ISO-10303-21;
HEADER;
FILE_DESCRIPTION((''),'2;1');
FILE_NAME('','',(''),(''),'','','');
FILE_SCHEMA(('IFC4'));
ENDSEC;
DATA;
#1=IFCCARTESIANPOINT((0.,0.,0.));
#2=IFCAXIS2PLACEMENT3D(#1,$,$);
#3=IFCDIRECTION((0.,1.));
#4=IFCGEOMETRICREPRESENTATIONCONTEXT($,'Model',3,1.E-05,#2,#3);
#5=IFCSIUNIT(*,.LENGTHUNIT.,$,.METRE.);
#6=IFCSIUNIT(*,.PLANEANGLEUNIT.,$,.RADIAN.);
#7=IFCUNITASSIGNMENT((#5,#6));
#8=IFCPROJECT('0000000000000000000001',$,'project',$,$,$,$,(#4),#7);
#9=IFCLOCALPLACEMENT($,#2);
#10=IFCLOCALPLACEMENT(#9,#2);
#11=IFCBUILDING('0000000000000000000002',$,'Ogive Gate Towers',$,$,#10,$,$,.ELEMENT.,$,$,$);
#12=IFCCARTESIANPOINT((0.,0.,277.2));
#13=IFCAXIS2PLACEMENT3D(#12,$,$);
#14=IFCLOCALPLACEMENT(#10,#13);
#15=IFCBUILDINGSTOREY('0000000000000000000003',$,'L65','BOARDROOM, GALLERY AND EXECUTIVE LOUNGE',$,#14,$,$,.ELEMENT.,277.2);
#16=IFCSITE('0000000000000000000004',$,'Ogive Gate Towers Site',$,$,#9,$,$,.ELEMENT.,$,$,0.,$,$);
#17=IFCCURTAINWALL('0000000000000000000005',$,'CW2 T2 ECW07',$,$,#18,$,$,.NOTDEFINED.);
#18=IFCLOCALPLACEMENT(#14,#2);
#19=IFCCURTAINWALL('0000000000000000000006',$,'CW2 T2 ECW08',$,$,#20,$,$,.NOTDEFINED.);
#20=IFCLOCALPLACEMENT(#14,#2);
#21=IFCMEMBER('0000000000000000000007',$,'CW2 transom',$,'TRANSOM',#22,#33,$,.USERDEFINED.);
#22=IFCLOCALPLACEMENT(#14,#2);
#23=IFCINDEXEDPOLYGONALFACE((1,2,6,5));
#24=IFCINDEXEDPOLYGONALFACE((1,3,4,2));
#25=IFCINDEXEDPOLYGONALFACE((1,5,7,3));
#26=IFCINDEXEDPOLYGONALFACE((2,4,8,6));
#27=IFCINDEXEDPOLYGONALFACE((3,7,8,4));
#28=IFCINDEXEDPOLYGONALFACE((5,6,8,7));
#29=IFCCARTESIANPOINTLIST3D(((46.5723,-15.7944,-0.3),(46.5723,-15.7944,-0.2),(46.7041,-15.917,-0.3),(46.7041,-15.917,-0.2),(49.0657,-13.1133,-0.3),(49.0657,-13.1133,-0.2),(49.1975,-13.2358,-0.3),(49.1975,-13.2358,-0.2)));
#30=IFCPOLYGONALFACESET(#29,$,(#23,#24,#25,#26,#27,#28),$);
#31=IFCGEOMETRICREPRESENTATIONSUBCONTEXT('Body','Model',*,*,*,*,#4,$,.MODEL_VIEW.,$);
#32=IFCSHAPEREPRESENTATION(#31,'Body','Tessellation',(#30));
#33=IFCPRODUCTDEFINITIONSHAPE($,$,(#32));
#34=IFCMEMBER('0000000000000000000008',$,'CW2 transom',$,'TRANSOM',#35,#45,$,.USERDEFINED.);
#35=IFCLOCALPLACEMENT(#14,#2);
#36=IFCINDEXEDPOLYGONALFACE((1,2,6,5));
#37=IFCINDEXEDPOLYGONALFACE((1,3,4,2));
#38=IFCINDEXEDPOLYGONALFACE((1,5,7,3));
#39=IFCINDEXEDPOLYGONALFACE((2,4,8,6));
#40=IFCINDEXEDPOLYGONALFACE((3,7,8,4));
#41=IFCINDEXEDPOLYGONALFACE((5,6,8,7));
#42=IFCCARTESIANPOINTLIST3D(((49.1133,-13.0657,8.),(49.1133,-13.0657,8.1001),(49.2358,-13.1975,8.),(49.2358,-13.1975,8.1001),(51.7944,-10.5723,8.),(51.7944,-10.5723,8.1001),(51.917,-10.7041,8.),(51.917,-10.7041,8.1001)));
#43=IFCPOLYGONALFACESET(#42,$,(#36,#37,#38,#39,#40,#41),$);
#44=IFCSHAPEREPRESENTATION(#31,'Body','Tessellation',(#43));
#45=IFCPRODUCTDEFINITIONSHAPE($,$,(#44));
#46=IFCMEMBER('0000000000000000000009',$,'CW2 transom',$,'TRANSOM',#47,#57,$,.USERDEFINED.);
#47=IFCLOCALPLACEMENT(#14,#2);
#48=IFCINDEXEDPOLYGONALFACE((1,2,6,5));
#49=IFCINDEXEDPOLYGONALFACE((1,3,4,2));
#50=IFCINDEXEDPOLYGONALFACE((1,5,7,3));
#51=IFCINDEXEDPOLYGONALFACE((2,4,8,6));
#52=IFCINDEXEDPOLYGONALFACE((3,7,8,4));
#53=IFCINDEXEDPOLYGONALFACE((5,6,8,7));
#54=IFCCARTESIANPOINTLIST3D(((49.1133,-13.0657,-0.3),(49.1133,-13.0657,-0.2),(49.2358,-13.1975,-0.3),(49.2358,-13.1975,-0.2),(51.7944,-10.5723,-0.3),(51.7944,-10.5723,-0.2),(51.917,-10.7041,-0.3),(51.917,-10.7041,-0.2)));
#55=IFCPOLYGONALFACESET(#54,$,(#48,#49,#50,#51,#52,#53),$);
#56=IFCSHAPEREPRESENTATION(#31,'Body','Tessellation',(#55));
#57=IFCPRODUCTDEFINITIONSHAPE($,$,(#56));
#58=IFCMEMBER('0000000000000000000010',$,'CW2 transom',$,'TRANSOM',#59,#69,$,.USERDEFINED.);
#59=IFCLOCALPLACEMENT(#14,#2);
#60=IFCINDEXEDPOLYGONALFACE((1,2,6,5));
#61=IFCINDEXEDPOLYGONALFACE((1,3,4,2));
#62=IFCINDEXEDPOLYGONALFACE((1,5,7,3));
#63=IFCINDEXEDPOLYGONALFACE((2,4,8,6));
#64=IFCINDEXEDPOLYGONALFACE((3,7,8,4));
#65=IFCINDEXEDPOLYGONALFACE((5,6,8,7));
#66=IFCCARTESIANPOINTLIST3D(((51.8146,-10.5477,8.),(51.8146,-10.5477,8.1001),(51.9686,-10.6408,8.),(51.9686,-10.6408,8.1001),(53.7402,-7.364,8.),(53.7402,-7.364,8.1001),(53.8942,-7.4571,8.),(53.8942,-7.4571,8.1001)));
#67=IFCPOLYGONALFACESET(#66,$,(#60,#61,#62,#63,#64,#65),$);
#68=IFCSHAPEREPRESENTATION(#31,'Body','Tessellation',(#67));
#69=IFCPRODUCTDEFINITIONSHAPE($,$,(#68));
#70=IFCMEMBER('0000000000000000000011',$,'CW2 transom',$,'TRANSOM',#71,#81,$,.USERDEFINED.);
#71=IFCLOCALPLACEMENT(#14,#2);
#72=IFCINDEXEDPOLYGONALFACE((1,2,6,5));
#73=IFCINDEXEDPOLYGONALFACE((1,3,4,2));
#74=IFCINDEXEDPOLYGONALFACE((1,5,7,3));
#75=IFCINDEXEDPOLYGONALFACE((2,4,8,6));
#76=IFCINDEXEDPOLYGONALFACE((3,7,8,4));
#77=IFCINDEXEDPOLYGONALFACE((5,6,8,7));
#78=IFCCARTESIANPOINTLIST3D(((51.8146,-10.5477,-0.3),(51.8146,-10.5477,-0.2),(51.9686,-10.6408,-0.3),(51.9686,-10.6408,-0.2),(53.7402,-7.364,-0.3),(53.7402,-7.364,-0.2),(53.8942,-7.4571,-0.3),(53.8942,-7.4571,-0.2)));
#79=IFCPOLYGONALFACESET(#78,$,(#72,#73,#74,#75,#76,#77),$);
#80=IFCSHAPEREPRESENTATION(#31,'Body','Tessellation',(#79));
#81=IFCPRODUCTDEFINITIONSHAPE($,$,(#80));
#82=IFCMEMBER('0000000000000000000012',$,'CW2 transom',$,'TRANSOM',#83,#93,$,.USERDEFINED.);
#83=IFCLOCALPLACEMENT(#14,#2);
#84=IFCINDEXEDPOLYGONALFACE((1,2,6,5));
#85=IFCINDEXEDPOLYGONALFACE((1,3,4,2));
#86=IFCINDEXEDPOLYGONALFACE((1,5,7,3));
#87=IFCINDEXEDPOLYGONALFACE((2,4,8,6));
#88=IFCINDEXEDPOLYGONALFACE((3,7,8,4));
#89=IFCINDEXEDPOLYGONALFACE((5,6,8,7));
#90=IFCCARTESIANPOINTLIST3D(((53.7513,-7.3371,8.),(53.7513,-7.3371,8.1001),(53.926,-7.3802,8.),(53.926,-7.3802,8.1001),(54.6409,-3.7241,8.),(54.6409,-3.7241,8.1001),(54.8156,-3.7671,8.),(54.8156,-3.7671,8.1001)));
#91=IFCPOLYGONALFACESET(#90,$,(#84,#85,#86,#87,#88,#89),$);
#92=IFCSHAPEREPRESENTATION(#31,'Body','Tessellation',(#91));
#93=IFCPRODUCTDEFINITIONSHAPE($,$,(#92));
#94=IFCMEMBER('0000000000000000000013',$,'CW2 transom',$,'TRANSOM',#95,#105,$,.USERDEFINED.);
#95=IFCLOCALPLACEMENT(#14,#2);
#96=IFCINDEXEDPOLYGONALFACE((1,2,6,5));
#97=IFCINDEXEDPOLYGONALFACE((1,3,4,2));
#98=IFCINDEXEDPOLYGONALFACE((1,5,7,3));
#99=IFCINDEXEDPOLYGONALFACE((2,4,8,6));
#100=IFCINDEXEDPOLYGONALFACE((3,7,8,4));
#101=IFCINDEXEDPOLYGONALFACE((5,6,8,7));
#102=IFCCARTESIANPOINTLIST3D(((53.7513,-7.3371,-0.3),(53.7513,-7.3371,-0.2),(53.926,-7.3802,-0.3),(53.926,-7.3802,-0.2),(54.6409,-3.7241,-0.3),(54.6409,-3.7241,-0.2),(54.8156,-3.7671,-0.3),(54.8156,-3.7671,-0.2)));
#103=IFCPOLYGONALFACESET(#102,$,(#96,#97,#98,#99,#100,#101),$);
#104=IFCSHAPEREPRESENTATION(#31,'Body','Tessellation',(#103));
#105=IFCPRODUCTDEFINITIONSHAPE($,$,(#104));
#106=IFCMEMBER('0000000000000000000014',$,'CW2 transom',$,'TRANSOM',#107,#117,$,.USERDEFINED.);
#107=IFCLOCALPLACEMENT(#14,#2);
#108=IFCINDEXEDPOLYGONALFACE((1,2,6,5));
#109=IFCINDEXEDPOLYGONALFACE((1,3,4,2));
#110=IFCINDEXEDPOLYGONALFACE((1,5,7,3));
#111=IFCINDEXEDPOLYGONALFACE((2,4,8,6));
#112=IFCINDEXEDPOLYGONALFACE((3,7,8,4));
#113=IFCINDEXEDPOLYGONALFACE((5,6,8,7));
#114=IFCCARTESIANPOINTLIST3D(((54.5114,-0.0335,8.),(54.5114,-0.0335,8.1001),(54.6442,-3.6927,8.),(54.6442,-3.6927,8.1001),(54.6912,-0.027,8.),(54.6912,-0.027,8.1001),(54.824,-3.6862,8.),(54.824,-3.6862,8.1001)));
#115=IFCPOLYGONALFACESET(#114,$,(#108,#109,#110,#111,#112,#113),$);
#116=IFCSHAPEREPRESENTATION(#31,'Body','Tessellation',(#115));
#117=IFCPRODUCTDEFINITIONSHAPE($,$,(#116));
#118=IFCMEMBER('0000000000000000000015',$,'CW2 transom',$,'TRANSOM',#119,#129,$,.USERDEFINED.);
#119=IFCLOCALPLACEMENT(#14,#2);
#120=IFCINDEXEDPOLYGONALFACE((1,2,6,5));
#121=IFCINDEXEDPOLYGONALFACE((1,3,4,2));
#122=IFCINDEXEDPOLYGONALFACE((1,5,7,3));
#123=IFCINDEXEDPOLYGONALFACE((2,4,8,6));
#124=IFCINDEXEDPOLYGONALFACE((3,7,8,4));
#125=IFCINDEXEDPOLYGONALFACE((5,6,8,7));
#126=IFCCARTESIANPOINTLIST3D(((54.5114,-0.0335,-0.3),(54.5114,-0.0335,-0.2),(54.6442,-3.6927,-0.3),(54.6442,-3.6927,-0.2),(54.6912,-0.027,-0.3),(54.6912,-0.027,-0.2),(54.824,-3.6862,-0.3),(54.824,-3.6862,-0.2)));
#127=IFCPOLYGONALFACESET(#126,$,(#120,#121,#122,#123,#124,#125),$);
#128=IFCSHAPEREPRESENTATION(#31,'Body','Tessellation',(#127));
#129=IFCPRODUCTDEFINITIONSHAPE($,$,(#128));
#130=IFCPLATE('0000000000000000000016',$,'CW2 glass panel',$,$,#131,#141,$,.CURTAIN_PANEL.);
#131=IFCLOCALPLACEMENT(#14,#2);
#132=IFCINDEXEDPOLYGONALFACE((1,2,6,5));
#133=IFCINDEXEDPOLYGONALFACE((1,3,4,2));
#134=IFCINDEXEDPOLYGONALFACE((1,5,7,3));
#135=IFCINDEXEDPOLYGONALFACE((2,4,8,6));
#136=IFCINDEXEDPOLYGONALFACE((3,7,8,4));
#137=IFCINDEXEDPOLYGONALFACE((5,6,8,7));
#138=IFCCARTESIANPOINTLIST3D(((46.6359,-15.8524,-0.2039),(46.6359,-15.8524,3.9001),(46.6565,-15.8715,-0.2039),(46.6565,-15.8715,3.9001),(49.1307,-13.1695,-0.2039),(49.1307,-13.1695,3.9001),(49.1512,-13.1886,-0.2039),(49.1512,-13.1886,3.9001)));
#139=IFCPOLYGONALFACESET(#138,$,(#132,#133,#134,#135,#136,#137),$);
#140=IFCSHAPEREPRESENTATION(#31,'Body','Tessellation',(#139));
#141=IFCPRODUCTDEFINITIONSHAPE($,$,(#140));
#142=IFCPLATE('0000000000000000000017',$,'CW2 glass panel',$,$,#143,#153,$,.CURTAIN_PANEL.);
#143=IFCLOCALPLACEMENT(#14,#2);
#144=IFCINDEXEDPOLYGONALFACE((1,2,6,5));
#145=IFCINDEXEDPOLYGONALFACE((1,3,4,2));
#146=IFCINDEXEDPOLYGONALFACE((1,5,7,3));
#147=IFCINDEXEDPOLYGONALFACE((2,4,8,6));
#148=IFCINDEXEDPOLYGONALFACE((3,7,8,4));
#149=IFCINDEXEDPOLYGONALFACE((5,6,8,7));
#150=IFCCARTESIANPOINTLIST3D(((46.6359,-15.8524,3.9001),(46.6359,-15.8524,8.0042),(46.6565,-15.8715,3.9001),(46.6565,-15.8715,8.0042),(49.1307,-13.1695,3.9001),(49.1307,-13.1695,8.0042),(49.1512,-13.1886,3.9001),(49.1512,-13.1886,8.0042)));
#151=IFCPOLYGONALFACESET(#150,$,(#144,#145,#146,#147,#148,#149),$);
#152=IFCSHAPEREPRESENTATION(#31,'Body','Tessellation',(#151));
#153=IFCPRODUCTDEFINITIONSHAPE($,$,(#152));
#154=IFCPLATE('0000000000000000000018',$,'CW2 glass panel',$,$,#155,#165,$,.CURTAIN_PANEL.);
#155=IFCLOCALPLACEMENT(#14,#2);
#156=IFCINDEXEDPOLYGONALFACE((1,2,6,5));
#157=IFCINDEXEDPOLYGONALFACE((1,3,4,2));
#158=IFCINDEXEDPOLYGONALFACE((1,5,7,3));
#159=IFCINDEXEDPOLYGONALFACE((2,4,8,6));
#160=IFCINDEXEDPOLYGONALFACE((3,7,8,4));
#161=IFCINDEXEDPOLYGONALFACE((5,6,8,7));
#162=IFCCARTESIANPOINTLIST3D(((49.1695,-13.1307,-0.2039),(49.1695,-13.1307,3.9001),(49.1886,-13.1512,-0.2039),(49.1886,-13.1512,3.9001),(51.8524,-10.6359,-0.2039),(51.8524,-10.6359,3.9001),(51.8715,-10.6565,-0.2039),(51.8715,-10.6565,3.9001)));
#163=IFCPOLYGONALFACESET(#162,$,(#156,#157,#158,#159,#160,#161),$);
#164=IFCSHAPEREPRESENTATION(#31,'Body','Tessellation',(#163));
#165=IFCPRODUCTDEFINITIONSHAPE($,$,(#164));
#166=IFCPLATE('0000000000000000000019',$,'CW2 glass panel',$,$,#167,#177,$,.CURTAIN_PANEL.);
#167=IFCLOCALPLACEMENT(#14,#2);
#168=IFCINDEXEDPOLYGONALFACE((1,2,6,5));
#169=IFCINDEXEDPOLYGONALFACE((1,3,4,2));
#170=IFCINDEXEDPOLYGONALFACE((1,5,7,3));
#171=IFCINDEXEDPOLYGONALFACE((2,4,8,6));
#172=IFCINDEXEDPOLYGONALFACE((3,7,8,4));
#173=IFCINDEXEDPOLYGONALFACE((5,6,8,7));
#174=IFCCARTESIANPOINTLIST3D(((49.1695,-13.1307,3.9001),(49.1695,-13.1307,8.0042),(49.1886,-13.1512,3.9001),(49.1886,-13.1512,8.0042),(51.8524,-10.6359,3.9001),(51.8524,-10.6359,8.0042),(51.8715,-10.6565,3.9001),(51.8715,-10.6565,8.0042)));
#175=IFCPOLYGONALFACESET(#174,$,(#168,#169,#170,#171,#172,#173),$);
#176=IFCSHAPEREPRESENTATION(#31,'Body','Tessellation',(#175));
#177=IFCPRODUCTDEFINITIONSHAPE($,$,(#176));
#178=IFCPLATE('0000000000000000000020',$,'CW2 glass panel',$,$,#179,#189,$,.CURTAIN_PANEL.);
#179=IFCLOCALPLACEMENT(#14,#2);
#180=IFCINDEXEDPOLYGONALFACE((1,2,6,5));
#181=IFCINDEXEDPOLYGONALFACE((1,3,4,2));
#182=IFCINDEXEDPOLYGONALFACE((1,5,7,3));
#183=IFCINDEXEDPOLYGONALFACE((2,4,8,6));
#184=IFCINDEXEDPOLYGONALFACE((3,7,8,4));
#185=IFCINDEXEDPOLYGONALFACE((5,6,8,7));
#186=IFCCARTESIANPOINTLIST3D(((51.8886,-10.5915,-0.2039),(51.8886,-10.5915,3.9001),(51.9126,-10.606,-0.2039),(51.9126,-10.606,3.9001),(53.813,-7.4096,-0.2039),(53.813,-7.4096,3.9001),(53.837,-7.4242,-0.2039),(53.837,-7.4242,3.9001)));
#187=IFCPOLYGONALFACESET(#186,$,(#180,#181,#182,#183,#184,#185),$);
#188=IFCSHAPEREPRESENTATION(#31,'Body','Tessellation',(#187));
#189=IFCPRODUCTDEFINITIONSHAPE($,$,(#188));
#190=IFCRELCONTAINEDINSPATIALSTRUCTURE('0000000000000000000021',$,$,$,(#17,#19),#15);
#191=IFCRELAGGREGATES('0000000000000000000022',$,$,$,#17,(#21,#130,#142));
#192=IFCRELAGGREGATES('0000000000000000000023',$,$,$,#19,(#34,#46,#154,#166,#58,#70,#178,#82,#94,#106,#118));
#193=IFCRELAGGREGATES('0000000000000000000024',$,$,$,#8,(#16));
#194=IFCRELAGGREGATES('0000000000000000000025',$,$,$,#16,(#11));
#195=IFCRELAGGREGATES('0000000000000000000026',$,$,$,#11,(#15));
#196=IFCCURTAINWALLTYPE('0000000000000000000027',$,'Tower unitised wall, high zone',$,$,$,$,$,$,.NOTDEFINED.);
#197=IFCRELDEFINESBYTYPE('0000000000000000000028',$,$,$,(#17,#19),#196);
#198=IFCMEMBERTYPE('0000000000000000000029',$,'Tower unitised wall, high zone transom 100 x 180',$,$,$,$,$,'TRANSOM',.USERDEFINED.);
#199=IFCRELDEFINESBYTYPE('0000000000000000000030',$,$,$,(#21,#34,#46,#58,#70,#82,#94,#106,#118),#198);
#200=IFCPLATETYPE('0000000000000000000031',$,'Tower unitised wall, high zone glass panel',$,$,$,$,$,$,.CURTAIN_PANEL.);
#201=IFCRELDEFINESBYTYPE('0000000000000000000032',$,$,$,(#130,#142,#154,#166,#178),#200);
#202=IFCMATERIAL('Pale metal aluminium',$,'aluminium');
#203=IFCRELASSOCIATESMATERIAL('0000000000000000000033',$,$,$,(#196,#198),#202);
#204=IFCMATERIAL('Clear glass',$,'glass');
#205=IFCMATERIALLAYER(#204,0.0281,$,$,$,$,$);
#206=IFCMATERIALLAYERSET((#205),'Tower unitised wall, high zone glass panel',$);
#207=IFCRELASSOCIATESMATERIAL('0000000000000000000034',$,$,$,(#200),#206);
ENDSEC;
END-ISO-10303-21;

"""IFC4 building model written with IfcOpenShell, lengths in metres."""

from ifc_helpers import new_model, si_unit, direction, frame, origin, origin_2d, place, context, subcontext, project, spatial, rectangle, extrude, material, layer, layer_set, material_profile, profile_set, type_object, element, aggregate, save


model = new_model("IFC4")

# Units and contexts
model_context = context("Model", 3, precision=1e-05, world=origin(), true_north=direction((0.0, 1.0)))
body_context = subcontext(model_context, "Body", "Model", "MODEL_VIEW")
ifc_project = project(units=[si_unit("LENGTHUNIT", "METRE"), si_unit("PLANEANGLEUNIT", "RADIAN")], contexts=[model_context])

# Site, building, storey
site_placement = place(None, origin())
site = spatial("IfcSite", under=ifc_project, at=site_placement, Name="Ogive Gate Towers Site", CompositionType="ELEMENT", RefElevation=0.0)
building_placement = place(site_placement, origin())
building = spatial("IfcBuilding", under=site, at=building_placement, Name="Ogive Gate Towers", CompositionType="ELEMENT")
storey_placement = place(building_placement, frame((0.0, 0.0, 277.2)))
storey = spatial("IfcBuildingStorey", under=building, at=storey_placement, Name="L65", Description="BOARDROOM, GALLERY AND EXECUTIVE LOUNGE", CompositionType="ELEMENT", Elevation=277.2)

# Curtain walls
ifc_material_1 = material(Name="Pale metal aluminium", Category="aluminium")
curtain_wall_type = type_object("IfcCurtainWallType", Name="Tower unitised wall, high zone", PredefinedType="NOTDEFINED", material=ifc_material_1)
curtain_wall_1_placement = place(storey_placement, origin())
curtain_wall_1 = element("IfcCurtainWall", 1, at=curtain_wall_1_placement, inside=storey, type_object=curtain_wall_type, Name="CW2 T2 ECW07", PredefinedType="NOTDEFINED")
curtain_wall_2_placement = place(storey_placement, origin())
curtain_wall_2 = element("IfcCurtainWall", 2, at=curtain_wall_2_placement, inside=storey, type_object=curtain_wall_type, Name="CW2 T2 ECW08", PredefinedType="NOTDEFINED")

# Members
ifc_material_profile_1 = material_profile(ifc_material_1, rectangle(XDim=0.1799, YDim=0.1001, at=origin_2d()), Name="100 x 180 aluminium box")
ifc_profile_set_1 = profile_set([ifc_material_profile_1], Name="Pale metal aluminium")
member_type_1 = type_object("IfcMemberType", Name="Tower unitised wall, high zone transom 100 x 180", ElementType="TRANSOM", PredefinedType="USERDEFINED", material=ifc_profile_set_1)
member_1_placement = place(storey_placement, frame((46.6382, -15.8557, -0.25), z_axis=(0.681003, 0.73228, 0.0), x_axis=(-0.73228, 0.681003, 0.0)))
member_1 = element("IfcMember", 3, at=member_1_placement, type_object=member_type_1, Name="CW2 transom", ObjectType="TRANSOM", PredefinedType="USERDEFINED", context=body_context, shape_type="SweptSolid", body=[
    extrude(rectangle(XDim=0.1799, YDim=0.1001, at=origin_2d()), origin(), (0.0, 0.0, 1.0), 3.6614),
])
member_2_placement = place(storey_placement, frame((49.1746, -13.1316, 8.05), z_axis=(0.73228, 0.681003, 0.0), x_axis=(-0.681003, 0.73228, 0.0)))
member_2 = element("IfcMember", 4, at=member_2_placement, type_object=member_type_1, Name="CW2 transom", ObjectType="TRANSOM", PredefinedType="USERDEFINED", context=body_context, shape_type="SweptSolid", body=[
    extrude(rectangle(XDim=0.1799, YDim=0.1001, at=origin_2d()), origin(), (0.0, 0.0, 1.0), 3.6614),
])
member_3_placement = place(storey_placement, frame((49.1746, -13.1316, -0.25), z_axis=(0.73228, 0.681003, 0.0), x_axis=(-0.681003, 0.73228, 0.0)))
member_3 = element("IfcMember", 5, at=member_3_placement, type_object=member_type_1, Name="CW2 transom", ObjectType="TRANSOM", PredefinedType="USERDEFINED", context=body_context, shape_type="SweptSolid", body=[
    extrude(rectangle(XDim=0.1799, YDim=0.1001, at=origin_2d()), origin(), (0.0, 0.0, 1.0), 3.6614),
])
member_4_placement = place(storey_placement, frame((51.8916, -10.5942, 8.05), z_axis=(0.517532, 0.855664, 0.0), x_axis=(-0.855664, 0.517532, 0.0)))
member_4 = element("IfcMember", 6, at=member_4_placement, type_object=member_type_1, Name="CW2 transom", ObjectType="TRANSOM", PredefinedType="USERDEFINED", context=body_context, shape_type="SweptSolid", body=[
    extrude(rectangle(XDim=0.1799, YDim=0.1001, at=origin_2d()), origin(), (0.0, 0.0, 1.0), 3.7207),
])
member_5_placement = place(storey_placement, frame((51.8916, -10.5942, -0.25), z_axis=(0.517532, 0.855664, 0.0), x_axis=(-0.855664, 0.517532, 0.0)))
member_5 = element("IfcMember", 7, at=member_5_placement, type_object=member_type_1, Name="CW2 transom", ObjectType="TRANSOM", PredefinedType="USERDEFINED", context=body_context, shape_type="SweptSolid", body=[
    extrude(rectangle(XDim=0.1799, YDim=0.1001, at=origin_2d()), origin(), (0.0, 0.0, 1.0), 3.7207),
])
member_6_placement = place(storey_placement, frame((53.8386, -7.3586, 8.05), z_axis=(0.239091, 0.970997, 0.0), x_axis=(-0.970997, 0.239091, 0.0)))
member_6 = element("IfcMember", 8, at=member_6_placement, type_object=member_type_1, Name="CW2 transom", ObjectType="TRANSOM", PredefinedType="USERDEFINED", context=body_context, shape_type="SweptSolid", body=[
    extrude(rectangle(XDim=0.1799, YDim=0.1001, at=origin_2d()), origin(), (0.0, 0.0, 1.0), 3.7209),
])
member_7_placement = place(storey_placement, frame((53.8386, -7.3586, -0.25), z_axis=(0.239091, 0.970997, 0.0), x_axis=(-0.970997, 0.239091, 0.0)))
member_7 = element("IfcMember", 9, at=member_7_placement, type_object=member_type_1, Name="CW2 transom", ObjectType="TRANSOM", PredefinedType="USERDEFINED", context=body_context, shape_type="SweptSolid", body=[
    extrude(rectangle(XDim=0.1799, YDim=0.1001, at=origin_2d()), origin(), (0.0, 0.0, 1.0), 3.7209),
])
member_8_placement = place(storey_placement, frame((54.7341, -3.6895, 8.05), z_axis=(-0.036272, 0.999342, 0.0), x_axis=(-0.999342, -0.036272, 0.0)))
member_8 = element("IfcMember", 10, at=member_8_placement, type_object=member_type_1, Name="CW2 transom", ObjectType="TRANSOM", PredefinedType="USERDEFINED", context=body_context, shape_type="SweptSolid", body=[
    extrude(rectangle(XDim=0.1799, YDim=0.1001, at=origin_2d()), origin(), (0.0, 0.0, 1.0), 3.6616),
])
member_9_placement = place(storey_placement, frame((54.7341, -3.6895, -0.25), z_axis=(-0.036272, 0.999342, 0.0), x_axis=(-0.999342, -0.036272, 0.0)))
member_9 = element("IfcMember", 11, at=member_9_placement, type_object=member_type_1, Name="CW2 transom", ObjectType="TRANSOM", PredefinedType="USERDEFINED", context=body_context, shape_type="SweptSolid", body=[
    extrude(rectangle(XDim=0.1799, YDim=0.1001, at=origin_2d()), origin(), (0.0, 0.0, 1.0), 3.6616),
])

# Plates
ifc_material_2 = material(Name="Clear glass", Category="glass")
ifc_layer_1 = layer(ifc_material_2, 0.0281)
ifc_layer_set_1 = layer_set([ifc_layer_1], Name="Tower unitised wall, high zone glass panel")
plate_type = type_object("IfcPlateType", Name="Tower unitised wall, high zone glass panel", PredefinedType="CURTAIN_PANEL", material=ifc_layer_set_1)
plate_1_placement = place(storey_placement, frame((47.8936, -14.5205, -0.2039), z_axis=(0.0, 0.0, 1.0), x_axis=(0.680964, 0.732317, 0.0)))
plate_1 = element("IfcPlate", 12, at=plate_1_placement, type_object=plate_type, Name="CW2 glass panel", PredefinedType="CURTAIN_PANEL", context=body_context, shape_type="SweptSolid", body=[
    extrude(rectangle(XDim=3.6636, YDim=0.0281, at=origin_2d()), origin(), (0.0, 0.0, 1.0), 4.104),
])
plate_2_placement = place(storey_placement, frame((47.8936, -14.5205, 3.9001), z_axis=(0.0, 0.0, 1.0), x_axis=(0.680964, 0.732317, 0.0)))
plate_2 = element("IfcPlate", 13, at=plate_2_placement, type_object=plate_type, Name="CW2 glass panel", PredefinedType="CURTAIN_PANEL", context=body_context, shape_type="SweptSolid", body=[
    extrude(rectangle(XDim=3.6636, YDim=0.0281, at=origin_2d()), origin(), (0.0, 0.0, 1.0), 4.104),
])
aggregate(curtain_wall_1, [member_1, plate_1, plate_2])
plate_3_placement = place(storey_placement, frame((50.5205, -11.8936, -0.2039), z_axis=(0.0, 0.0, 1.0), x_axis=(0.732317, 0.680964, 0.0)))
plate_3 = element("IfcPlate", 14, at=plate_3_placement, type_object=plate_type, Name="CW2 glass panel", PredefinedType="CURTAIN_PANEL", context=body_context, shape_type="SweptSolid", body=[
    extrude(rectangle(XDim=3.6636, YDim=0.0281, at=origin_2d()), origin(), (0.0, 0.0, 1.0), 4.104),
])
plate_4_placement = place(storey_placement, frame((50.5205, -11.8936, 3.9001), z_axis=(0.0, 0.0, 1.0), x_axis=(0.732317, 0.680964, 0.0)))
plate_4 = element("IfcPlate", 15, at=plate_4_placement, type_object=plate_type, Name="CW2 glass panel", PredefinedType="CURTAIN_PANEL", context=body_context, shape_type="SweptSolid", body=[
    extrude(rectangle(XDim=3.6636, YDim=0.0281, at=origin_2d()), origin(), (0.0, 0.0, 1.0), 4.104),
])
plate_5_placement = place(storey_placement, frame((52.8628, -9.0078, -0.2039), z_axis=(0.0, 0.0, 1.0), x_axis=(0.517519, 0.855672, 0.0)))
plate_5 = element("IfcPlate", 16, at=plate_5_placement, type_object=plate_type, Name="CW2 glass panel", PredefinedType="CURTAIN_PANEL", context=body_context, shape_type="SweptSolid", body=[
    extrude(rectangle(XDim=3.7185, YDim=0.0281, at=origin_2d()), origin(), (0.0, 0.0, 1.0), 4.104),
])
aggregate(curtain_wall_2, [member_2, member_3, plate_3, plate_4, member_4, member_5, plate_5, member_6, member_7, member_8, member_9])

save(model, "model.ifc")
